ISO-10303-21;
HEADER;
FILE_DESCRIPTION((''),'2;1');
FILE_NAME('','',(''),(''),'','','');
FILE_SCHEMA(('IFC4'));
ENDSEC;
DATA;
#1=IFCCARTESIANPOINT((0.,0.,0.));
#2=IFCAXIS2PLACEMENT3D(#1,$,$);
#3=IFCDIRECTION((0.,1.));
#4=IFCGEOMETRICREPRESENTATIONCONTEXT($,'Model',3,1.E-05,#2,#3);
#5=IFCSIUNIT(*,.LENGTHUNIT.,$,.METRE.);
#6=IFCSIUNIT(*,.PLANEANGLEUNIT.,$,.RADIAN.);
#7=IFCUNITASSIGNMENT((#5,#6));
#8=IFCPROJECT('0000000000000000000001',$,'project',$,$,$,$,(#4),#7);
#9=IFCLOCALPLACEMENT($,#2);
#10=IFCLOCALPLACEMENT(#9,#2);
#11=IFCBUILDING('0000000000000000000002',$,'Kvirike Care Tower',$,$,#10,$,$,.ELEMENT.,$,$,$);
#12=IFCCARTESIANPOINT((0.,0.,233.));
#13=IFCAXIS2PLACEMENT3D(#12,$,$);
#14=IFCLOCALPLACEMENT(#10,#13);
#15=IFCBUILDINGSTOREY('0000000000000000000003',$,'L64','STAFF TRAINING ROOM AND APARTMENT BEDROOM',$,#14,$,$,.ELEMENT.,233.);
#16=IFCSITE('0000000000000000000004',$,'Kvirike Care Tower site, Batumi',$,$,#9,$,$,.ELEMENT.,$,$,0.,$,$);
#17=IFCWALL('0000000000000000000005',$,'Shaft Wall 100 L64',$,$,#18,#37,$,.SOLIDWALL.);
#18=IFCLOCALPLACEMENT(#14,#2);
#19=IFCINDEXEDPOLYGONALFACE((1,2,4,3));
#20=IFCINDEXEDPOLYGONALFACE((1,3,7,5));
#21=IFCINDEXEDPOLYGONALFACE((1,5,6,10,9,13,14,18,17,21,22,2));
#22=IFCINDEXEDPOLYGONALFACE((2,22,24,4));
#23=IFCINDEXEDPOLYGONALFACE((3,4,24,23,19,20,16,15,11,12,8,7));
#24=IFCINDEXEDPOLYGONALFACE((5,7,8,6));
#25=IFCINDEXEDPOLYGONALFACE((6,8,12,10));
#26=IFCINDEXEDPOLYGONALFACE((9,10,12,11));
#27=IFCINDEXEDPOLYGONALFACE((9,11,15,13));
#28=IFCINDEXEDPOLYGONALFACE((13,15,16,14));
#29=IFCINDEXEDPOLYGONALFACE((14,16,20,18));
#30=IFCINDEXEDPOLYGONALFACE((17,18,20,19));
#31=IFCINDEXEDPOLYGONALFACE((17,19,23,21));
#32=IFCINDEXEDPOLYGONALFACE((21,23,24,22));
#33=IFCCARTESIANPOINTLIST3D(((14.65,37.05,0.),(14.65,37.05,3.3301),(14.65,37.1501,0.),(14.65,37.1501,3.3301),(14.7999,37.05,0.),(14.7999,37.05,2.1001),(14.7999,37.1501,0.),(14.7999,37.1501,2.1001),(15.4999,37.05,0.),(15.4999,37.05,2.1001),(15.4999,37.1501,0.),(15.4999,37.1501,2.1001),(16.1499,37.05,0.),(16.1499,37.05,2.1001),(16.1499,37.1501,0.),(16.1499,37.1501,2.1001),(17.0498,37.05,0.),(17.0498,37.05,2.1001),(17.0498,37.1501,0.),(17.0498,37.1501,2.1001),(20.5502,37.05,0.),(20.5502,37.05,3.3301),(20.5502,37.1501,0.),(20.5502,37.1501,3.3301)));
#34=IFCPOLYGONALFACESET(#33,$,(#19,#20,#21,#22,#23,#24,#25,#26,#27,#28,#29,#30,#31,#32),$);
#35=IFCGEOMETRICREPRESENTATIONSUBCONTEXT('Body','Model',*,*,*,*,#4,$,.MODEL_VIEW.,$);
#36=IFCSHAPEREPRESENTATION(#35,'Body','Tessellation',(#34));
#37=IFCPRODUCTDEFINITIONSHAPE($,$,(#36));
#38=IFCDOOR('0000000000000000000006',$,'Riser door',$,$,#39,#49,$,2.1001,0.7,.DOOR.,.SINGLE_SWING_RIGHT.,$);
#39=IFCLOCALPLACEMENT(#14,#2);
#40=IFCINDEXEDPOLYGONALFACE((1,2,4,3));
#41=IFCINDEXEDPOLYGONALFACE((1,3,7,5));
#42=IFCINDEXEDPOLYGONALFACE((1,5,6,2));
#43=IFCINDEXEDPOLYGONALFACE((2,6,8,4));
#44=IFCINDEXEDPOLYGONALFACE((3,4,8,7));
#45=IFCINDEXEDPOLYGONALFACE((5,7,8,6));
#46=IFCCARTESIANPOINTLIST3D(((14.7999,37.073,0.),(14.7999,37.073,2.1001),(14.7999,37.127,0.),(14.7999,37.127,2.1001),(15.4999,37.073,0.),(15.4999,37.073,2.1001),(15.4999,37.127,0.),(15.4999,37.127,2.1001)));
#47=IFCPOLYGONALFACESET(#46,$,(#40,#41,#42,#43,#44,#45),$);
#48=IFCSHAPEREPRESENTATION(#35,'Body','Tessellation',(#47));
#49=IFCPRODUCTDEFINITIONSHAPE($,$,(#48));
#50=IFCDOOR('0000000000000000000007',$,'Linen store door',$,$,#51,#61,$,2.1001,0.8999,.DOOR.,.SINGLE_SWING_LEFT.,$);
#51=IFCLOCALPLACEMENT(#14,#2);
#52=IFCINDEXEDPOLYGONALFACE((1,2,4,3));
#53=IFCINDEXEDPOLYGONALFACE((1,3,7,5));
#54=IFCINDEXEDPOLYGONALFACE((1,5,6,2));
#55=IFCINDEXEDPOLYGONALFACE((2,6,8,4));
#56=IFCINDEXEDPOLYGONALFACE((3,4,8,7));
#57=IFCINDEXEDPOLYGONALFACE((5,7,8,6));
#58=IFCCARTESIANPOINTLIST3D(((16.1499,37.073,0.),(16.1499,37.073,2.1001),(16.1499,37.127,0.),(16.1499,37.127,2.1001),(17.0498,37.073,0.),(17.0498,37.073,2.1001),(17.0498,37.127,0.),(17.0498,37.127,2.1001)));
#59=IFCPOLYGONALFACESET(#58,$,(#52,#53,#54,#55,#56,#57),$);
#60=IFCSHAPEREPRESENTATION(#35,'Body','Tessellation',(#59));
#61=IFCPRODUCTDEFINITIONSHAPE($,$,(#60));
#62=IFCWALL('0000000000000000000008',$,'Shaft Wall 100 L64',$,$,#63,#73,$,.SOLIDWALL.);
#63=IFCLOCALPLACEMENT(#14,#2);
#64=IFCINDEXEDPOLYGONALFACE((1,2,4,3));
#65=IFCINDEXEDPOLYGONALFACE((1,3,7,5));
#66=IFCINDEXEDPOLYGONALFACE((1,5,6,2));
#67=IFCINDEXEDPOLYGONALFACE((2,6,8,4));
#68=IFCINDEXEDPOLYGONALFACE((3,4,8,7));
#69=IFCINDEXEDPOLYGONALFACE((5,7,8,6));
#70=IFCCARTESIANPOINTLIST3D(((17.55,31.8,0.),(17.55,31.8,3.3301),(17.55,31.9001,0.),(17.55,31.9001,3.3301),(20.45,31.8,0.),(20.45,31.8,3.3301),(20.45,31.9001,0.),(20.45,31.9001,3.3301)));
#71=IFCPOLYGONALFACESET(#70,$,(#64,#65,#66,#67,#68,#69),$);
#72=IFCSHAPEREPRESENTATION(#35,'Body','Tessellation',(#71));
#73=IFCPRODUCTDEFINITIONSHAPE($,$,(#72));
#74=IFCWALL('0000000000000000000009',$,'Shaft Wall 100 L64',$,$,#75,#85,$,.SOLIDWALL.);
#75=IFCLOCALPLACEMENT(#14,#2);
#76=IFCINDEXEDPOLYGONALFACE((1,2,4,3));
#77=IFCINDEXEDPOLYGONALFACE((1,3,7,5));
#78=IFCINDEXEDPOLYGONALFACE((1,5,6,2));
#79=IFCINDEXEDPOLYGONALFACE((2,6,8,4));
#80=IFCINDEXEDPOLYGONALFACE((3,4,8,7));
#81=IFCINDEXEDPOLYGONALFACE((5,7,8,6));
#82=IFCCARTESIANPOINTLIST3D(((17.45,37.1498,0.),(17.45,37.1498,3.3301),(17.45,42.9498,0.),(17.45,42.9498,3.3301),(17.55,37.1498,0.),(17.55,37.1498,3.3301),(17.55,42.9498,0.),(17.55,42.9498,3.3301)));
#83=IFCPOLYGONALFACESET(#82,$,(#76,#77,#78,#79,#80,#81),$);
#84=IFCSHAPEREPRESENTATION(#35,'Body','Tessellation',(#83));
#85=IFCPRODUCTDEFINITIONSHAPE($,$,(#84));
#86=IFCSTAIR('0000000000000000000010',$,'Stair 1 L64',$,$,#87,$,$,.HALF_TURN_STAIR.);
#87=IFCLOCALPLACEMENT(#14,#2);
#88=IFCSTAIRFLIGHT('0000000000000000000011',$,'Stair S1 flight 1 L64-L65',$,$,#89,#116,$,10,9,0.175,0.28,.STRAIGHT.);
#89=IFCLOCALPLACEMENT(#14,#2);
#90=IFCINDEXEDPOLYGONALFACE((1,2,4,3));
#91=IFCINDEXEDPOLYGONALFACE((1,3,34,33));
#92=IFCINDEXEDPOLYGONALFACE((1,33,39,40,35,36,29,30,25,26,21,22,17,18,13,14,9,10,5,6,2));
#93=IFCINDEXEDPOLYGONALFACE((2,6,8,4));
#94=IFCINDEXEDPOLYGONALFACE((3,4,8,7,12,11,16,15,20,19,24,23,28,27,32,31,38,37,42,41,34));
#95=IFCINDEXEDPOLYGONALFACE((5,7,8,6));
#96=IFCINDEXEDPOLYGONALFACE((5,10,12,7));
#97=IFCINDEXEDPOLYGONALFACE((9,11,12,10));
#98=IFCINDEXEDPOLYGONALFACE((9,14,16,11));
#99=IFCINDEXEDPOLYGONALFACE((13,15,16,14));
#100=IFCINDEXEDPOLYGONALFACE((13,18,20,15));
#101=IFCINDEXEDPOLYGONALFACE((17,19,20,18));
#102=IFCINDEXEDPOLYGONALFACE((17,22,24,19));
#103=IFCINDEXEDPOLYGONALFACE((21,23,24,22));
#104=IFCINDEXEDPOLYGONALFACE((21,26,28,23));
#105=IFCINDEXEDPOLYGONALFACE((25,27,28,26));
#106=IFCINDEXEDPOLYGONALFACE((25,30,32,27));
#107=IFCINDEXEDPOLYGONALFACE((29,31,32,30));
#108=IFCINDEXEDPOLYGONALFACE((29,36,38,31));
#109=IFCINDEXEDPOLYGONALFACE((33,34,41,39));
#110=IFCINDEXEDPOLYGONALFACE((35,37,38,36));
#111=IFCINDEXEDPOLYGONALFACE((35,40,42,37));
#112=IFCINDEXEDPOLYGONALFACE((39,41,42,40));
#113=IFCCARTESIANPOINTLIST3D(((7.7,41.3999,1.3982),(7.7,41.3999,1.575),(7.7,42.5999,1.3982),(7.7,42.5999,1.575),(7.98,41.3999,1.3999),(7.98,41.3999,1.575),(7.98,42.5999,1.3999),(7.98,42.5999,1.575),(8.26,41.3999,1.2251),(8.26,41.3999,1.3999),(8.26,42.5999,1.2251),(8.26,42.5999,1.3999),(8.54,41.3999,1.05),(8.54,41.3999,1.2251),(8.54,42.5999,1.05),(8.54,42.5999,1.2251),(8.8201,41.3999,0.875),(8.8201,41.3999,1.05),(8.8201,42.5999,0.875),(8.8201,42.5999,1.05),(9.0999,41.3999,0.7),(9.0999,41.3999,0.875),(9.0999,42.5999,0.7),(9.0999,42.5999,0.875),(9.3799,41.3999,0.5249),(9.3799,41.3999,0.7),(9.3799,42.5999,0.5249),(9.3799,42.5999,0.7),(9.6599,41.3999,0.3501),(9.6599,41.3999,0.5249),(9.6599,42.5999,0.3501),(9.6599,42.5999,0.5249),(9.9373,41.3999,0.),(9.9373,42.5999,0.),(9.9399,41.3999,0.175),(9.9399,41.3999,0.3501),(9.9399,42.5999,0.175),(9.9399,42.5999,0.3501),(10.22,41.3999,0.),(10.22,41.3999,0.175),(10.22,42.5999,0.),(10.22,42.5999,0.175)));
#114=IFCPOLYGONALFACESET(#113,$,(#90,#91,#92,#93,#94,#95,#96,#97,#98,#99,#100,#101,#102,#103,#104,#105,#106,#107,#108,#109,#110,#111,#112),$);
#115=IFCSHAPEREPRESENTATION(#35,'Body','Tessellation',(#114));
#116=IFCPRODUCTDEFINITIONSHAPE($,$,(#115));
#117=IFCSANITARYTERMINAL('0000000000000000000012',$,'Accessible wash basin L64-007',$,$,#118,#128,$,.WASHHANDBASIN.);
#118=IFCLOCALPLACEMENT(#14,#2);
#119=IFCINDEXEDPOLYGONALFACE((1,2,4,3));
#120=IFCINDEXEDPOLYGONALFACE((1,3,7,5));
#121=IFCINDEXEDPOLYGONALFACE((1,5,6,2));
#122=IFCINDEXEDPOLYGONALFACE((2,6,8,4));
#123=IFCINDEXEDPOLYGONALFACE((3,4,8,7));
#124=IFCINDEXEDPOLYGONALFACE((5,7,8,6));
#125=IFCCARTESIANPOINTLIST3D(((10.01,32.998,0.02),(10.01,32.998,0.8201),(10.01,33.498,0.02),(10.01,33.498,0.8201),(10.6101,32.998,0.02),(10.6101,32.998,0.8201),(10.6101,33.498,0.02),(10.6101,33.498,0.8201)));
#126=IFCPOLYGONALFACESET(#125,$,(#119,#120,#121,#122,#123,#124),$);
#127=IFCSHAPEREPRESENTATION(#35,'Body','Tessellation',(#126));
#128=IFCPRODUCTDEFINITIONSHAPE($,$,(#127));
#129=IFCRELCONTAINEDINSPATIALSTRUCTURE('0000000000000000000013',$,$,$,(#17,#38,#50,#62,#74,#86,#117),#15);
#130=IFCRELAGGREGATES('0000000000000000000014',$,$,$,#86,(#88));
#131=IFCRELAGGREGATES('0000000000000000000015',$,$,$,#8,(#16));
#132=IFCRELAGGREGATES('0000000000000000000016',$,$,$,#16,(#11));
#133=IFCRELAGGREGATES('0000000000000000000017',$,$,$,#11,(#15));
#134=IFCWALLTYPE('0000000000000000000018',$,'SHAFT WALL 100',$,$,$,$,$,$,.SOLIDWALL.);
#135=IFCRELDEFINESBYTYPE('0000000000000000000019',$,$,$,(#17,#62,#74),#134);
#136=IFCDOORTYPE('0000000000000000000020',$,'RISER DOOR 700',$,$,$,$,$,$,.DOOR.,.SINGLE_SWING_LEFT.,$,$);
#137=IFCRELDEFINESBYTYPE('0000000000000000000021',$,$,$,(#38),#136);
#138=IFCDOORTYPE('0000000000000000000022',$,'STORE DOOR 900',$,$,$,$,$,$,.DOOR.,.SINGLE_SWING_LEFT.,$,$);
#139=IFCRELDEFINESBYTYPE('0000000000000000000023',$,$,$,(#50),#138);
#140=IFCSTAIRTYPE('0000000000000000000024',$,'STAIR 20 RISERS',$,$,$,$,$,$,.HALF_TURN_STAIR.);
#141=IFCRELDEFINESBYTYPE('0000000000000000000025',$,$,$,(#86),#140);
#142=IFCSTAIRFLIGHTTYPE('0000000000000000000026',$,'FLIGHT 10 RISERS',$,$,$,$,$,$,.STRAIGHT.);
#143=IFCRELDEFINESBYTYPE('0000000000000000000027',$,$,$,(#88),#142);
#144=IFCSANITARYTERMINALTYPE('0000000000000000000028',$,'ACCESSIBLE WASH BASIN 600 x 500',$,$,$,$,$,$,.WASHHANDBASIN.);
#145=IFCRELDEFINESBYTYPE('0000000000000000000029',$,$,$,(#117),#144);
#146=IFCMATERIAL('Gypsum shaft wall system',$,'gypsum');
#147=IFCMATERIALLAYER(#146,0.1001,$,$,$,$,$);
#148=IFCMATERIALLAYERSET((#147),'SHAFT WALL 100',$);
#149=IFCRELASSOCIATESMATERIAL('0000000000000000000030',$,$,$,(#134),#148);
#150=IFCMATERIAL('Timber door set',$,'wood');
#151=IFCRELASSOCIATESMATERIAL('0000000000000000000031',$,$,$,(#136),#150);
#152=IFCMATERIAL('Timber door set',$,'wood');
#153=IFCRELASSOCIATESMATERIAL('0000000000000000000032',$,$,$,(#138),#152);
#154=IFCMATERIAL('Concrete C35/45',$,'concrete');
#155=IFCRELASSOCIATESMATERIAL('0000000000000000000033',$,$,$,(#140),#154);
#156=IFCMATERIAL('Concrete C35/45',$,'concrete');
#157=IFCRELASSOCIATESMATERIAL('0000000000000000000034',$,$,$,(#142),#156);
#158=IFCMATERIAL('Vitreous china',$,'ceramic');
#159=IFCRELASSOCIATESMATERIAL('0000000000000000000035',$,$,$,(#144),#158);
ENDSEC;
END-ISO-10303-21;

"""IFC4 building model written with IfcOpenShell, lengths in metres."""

from ifc_helpers import new_model, si_unit, direction, frame, frame_2d, origin, origin_2d, place, context, subcontext, project, spatial, polyline, rectangle, outline, extrude, material, layer, layer_set, type_object, element, fill, aggregate, save


model = new_model("IFC4")

# Units and contexts
model_context = context("Model", 3, precision=1e-05, world=origin(), true_north=direction((0.0, 1.0)))
body_context = subcontext(model_context, "Body", "Model", "MODEL_VIEW")
ifc_project = project(units=[si_unit("LENGTHUNIT", "METRE"), si_unit("PLANEANGLEUNIT", "RADIAN")], contexts=[model_context])

# Site, building, storey
site_placement = place(None, origin())
site = spatial("IfcSite", under=ifc_project, at=site_placement, Name="Kvirike Care Tower site, Batumi", CompositionType="ELEMENT", RefElevation=0.0)
building_placement = place(site_placement, origin())
building = spatial("IfcBuilding", under=site, at=building_placement, Name="Kvirike Care Tower", CompositionType="ELEMENT")
storey_placement = place(building_placement, frame((0.0, 0.0, 233.0)))
storey = spatial("IfcBuildingStorey", under=building, at=storey_placement, Name="L64", Description="STAFF TRAINING ROOM AND APARTMENT BEDROOM", CompositionType="ELEMENT", Elevation=233.0)

# Shared definitions
ifc_material_1 = material(Name="Gypsum shaft wall system", Category="gypsum")
ifc_layer_1 = layer(ifc_material_1, 0.1001)
ifc_layer_set_1 = layer_set([ifc_layer_1], Name="SHAFT WALL 100")
wall_type_1 = type_object("IfcWallType", Name="SHAFT WALL 100", PredefinedType="SOLIDWALL", material=ifc_layer_set_1)

# Shared definitions
ifc_material_2 = material(Name="Timber door set", Category="wood")
door_type_1 = type_object("IfcDoorType", Name="RISER DOOR 700", OperationType="SINGLE_SWING_LEFT", PredefinedType="DOOR", material=ifc_material_2)

# Wall, openings, doors
wall_1_placement = place(storey_placement, frame((14.6499, 37.1001, 0.0), z_axis=(0.0, 0.0, 1.0), x_axis=(1.0, 0.0, 0.0)))
wall_1 = element("IfcWall", 1, at=wall_1_placement, inside=storey, type_object=wall_type_1, Name="Shaft Wall 100 L64", PredefinedType="SOLIDWALL", context=body_context, shape_type="SweptSolid", body=[
    extrude(rectangle(XDim=5.9001, YDim=0.1001, at=frame_2d((2.9502, 0.0))), origin(), (0.0, 0.0, 1.0), 3.3301),
])
opening_1_placement = place(wall_1_placement, frame((0.1499, 0.0, 0.0)))
opening_1 = element("IfcOpeningElement", 2, at=opening_1_placement, cuts=wall_1, PredefinedType="OPENING", context=body_context, shape_type="SweptSolid", body=[
    extrude(rectangle(XDim=0.7, YDim=2.1001, at=frame_2d((0.3501, 1.05))), frame((0.0, 0.0605, 0.0), z_axis=(0.0, -1.0, 0.0), x_axis=(1.0, 0.0, 0.0)), (0.0, 0.0, 1.0), 0.1211),
])
opening_2_placement = place(wall_1_placement, frame((1.5, 0.0, 0.0)))
opening_2 = element("IfcOpeningElement", 3, at=opening_2_placement, cuts=wall_1, PredefinedType="OPENING", context=body_context, shape_type="SweptSolid", body=[
    extrude(rectangle(XDim=0.8999, YDim=2.1001, at=frame_2d((0.45, 1.05))), frame((0.0, 0.0605, 0.0), z_axis=(0.0, -1.0, 0.0), x_axis=(1.0, 0.0, 0.0)), (0.0, 0.0, 1.0), 0.1211),
])
door_1_placement = place(opening_1_placement, origin())
door_1 = element("IfcDoor", 4, at=door_1_placement, inside=storey, type_object=door_type_1, Name="Riser door", OperationType="SINGLE_SWING_RIGHT", OverallHeight=2.1001, OverallWidth=0.7, PredefinedType="DOOR", context=body_context, shape_type="SweptSolid", body=[
    extrude(rectangle(XDim=0.7, YDim=2.1001, at=frame_2d((0.3501, 1.05))), frame((0.0, 0.0269, 0.0), z_axis=(0.0, -1.0, 0.0), x_axis=(1.0, 0.0, 0.0)), (0.0, 0.0, 1.0), 0.054),
])
fill(opening_1, door_1)
ifc_material_3 = material(Name="Timber door set", Category="wood")
door_type_2 = type_object("IfcDoorType", Name="STORE DOOR 900", OperationType="SINGLE_SWING_LEFT", PredefinedType="DOOR", material=ifc_material_3)
door_2_placement = place(opening_2_placement, origin())
door_2 = element("IfcDoor", 5, at=door_2_placement, inside=storey, type_object=door_type_2, Name="Linen store door", OperationType="SINGLE_SWING_LEFT", OverallHeight=2.1001, OverallWidth=0.8999, PredefinedType="DOOR", context=body_context, shape_type="SweptSolid", body=[
    extrude(rectangle(XDim=0.8999, YDim=2.1001, at=frame_2d((0.45, 1.05))), frame((0.0, 0.0269, 0.0), z_axis=(0.0, -1.0, 0.0), x_axis=(1.0, 0.0, 0.0)), (0.0, 0.0, 1.0), 0.054),
])
fill(opening_2, door_2)

# Walls
wall_2_placement = place(storey_placement, frame((17.55, 31.8501, 0.0), z_axis=(0.0, 0.0, 1.0), x_axis=(1.0, 0.0, 0.0)))
element("IfcWall", 6, at=wall_2_placement, inside=storey, type_object=wall_type_1, Name="Shaft Wall 100 L64", PredefinedType="SOLIDWALL", context=body_context, shape_type="SweptSolid", body=[
    extrude(rectangle(XDim=2.8999, YDim=0.1001, at=frame_2d((1.45, 0.0))), origin(), (0.0, 0.0, 1.0), 3.3301),
])
wall_3_placement = place(storey_placement, frame((17.5, 37.1499, 0.0), z_axis=(0.0, 0.0, 1.0), x_axis=(0.0, 1.0, 0.0)))
element("IfcWall", 7, at=wall_3_placement, inside=storey, type_object=wall_type_1, Name="Shaft Wall 100 L64", PredefinedType="SOLIDWALL", context=body_context, shape_type="SweptSolid", body=[
    extrude(rectangle(XDim=5.8, YDim=0.1001, at=frame_2d((2.8999, 0.0))), origin(), (0.0, 0.0, 1.0), 3.3301),
])

# Stair, stair flight
ifc_material_4 = material(Name="Concrete C35/45", Category="concrete")
stair_type = type_object("IfcStairType", Name="STAIR 20 RISERS", PredefinedType="HALF_TURN_STAIR", material=ifc_material_4)
stair_placement = place(storey_placement, origin())
stair = element("IfcStair", 8, at=stair_placement, inside=storey, type_object=stair_type, Name="Stair 1 L64", PredefinedType="HALF_TURN_STAIR")
ifc_material_5 = material(Name="Concrete C35/45", Category="concrete")
stair_flight_type = type_object("IfcStairFlightType", Name="FLIGHT 10 RISERS", PredefinedType="STRAIGHT", material=ifc_material_5)
stair_flight_placement = place(storey_placement, frame((10.22, 42.0, 0.0), z_axis=(0.0, 0.0, 1.0), x_axis=(-1.0, 0.0, 0.0)))
stair_flight = element("IfcStairFlight", 9, at=stair_flight_placement, type_object=stair_flight_type, Name="Stair S1 flight 1 L64-L65", NumberOfRisers=10, NumberOfTreads=9, PredefinedType="STRAIGHT", RiserHeight=0.175, TreadLength=0.28, context=body_context, shape_type="SweptSolid", body=[
    extrude(outline(polyline([(0.0, 0.0), (0.0, 0.175), (0.28, 0.175), (0.28, 0.3501), (0.5601, 0.3501), (0.5601, 0.5249), (0.8401, 0.5249), (0.8401, 0.7), (1.1201, 0.7), (1.1201, 0.875), (1.3999, 0.875), (1.3999, 1.05), (1.6799, 1.05), (1.6799, 1.2251), (1.96, 1.2251), (1.96, 1.3999), (2.24, 1.3999), (2.24, 1.575), (2.52, 1.575), (2.52, 1.75), (2.52, 1.3982), (0.2827, 0.0), (0.0, 0.0)])), frame((0.0, 0.6001, 0.0), z_axis=(0.0, -1.0, 0.0), x_axis=(1.0, 0.0, 0.0)), (0.0, 0.0, 1.0), 1.2),
])
aggregate(stair, [stair_flight])

# Sanitary terminal
ifc_material_6 = material(Name="Vitreous china", Category="ceramic")
sanitary_terminal_type = type_object("IfcSanitaryTerminalType", Name="ACCESSIBLE WASH BASIN 600 x 500", PredefinedType="WASHHANDBASIN", material=ifc_material_6)
sanitary_terminal_placement = place(storey_placement, frame((10.3101, 33.248, 0.02), z_axis=(0.0, 0.0, 1.0), x_axis=(1.0, 0.0, 0.0)))
element("IfcSanitaryTerminal", 10, at=sanitary_terminal_placement, inside=storey, type_object=sanitary_terminal_type, Name="Accessible wash basin L64-007", PredefinedType="WASHHANDBASIN", context=body_context, shape_type="SweptSolid", body=[
    extrude(rectangle(XDim=0.6001, YDim=0.5, at=origin_2d()), origin(), (0.0, 0.0, 1.0), 0.8),
])

save(model, "model.ifc")
